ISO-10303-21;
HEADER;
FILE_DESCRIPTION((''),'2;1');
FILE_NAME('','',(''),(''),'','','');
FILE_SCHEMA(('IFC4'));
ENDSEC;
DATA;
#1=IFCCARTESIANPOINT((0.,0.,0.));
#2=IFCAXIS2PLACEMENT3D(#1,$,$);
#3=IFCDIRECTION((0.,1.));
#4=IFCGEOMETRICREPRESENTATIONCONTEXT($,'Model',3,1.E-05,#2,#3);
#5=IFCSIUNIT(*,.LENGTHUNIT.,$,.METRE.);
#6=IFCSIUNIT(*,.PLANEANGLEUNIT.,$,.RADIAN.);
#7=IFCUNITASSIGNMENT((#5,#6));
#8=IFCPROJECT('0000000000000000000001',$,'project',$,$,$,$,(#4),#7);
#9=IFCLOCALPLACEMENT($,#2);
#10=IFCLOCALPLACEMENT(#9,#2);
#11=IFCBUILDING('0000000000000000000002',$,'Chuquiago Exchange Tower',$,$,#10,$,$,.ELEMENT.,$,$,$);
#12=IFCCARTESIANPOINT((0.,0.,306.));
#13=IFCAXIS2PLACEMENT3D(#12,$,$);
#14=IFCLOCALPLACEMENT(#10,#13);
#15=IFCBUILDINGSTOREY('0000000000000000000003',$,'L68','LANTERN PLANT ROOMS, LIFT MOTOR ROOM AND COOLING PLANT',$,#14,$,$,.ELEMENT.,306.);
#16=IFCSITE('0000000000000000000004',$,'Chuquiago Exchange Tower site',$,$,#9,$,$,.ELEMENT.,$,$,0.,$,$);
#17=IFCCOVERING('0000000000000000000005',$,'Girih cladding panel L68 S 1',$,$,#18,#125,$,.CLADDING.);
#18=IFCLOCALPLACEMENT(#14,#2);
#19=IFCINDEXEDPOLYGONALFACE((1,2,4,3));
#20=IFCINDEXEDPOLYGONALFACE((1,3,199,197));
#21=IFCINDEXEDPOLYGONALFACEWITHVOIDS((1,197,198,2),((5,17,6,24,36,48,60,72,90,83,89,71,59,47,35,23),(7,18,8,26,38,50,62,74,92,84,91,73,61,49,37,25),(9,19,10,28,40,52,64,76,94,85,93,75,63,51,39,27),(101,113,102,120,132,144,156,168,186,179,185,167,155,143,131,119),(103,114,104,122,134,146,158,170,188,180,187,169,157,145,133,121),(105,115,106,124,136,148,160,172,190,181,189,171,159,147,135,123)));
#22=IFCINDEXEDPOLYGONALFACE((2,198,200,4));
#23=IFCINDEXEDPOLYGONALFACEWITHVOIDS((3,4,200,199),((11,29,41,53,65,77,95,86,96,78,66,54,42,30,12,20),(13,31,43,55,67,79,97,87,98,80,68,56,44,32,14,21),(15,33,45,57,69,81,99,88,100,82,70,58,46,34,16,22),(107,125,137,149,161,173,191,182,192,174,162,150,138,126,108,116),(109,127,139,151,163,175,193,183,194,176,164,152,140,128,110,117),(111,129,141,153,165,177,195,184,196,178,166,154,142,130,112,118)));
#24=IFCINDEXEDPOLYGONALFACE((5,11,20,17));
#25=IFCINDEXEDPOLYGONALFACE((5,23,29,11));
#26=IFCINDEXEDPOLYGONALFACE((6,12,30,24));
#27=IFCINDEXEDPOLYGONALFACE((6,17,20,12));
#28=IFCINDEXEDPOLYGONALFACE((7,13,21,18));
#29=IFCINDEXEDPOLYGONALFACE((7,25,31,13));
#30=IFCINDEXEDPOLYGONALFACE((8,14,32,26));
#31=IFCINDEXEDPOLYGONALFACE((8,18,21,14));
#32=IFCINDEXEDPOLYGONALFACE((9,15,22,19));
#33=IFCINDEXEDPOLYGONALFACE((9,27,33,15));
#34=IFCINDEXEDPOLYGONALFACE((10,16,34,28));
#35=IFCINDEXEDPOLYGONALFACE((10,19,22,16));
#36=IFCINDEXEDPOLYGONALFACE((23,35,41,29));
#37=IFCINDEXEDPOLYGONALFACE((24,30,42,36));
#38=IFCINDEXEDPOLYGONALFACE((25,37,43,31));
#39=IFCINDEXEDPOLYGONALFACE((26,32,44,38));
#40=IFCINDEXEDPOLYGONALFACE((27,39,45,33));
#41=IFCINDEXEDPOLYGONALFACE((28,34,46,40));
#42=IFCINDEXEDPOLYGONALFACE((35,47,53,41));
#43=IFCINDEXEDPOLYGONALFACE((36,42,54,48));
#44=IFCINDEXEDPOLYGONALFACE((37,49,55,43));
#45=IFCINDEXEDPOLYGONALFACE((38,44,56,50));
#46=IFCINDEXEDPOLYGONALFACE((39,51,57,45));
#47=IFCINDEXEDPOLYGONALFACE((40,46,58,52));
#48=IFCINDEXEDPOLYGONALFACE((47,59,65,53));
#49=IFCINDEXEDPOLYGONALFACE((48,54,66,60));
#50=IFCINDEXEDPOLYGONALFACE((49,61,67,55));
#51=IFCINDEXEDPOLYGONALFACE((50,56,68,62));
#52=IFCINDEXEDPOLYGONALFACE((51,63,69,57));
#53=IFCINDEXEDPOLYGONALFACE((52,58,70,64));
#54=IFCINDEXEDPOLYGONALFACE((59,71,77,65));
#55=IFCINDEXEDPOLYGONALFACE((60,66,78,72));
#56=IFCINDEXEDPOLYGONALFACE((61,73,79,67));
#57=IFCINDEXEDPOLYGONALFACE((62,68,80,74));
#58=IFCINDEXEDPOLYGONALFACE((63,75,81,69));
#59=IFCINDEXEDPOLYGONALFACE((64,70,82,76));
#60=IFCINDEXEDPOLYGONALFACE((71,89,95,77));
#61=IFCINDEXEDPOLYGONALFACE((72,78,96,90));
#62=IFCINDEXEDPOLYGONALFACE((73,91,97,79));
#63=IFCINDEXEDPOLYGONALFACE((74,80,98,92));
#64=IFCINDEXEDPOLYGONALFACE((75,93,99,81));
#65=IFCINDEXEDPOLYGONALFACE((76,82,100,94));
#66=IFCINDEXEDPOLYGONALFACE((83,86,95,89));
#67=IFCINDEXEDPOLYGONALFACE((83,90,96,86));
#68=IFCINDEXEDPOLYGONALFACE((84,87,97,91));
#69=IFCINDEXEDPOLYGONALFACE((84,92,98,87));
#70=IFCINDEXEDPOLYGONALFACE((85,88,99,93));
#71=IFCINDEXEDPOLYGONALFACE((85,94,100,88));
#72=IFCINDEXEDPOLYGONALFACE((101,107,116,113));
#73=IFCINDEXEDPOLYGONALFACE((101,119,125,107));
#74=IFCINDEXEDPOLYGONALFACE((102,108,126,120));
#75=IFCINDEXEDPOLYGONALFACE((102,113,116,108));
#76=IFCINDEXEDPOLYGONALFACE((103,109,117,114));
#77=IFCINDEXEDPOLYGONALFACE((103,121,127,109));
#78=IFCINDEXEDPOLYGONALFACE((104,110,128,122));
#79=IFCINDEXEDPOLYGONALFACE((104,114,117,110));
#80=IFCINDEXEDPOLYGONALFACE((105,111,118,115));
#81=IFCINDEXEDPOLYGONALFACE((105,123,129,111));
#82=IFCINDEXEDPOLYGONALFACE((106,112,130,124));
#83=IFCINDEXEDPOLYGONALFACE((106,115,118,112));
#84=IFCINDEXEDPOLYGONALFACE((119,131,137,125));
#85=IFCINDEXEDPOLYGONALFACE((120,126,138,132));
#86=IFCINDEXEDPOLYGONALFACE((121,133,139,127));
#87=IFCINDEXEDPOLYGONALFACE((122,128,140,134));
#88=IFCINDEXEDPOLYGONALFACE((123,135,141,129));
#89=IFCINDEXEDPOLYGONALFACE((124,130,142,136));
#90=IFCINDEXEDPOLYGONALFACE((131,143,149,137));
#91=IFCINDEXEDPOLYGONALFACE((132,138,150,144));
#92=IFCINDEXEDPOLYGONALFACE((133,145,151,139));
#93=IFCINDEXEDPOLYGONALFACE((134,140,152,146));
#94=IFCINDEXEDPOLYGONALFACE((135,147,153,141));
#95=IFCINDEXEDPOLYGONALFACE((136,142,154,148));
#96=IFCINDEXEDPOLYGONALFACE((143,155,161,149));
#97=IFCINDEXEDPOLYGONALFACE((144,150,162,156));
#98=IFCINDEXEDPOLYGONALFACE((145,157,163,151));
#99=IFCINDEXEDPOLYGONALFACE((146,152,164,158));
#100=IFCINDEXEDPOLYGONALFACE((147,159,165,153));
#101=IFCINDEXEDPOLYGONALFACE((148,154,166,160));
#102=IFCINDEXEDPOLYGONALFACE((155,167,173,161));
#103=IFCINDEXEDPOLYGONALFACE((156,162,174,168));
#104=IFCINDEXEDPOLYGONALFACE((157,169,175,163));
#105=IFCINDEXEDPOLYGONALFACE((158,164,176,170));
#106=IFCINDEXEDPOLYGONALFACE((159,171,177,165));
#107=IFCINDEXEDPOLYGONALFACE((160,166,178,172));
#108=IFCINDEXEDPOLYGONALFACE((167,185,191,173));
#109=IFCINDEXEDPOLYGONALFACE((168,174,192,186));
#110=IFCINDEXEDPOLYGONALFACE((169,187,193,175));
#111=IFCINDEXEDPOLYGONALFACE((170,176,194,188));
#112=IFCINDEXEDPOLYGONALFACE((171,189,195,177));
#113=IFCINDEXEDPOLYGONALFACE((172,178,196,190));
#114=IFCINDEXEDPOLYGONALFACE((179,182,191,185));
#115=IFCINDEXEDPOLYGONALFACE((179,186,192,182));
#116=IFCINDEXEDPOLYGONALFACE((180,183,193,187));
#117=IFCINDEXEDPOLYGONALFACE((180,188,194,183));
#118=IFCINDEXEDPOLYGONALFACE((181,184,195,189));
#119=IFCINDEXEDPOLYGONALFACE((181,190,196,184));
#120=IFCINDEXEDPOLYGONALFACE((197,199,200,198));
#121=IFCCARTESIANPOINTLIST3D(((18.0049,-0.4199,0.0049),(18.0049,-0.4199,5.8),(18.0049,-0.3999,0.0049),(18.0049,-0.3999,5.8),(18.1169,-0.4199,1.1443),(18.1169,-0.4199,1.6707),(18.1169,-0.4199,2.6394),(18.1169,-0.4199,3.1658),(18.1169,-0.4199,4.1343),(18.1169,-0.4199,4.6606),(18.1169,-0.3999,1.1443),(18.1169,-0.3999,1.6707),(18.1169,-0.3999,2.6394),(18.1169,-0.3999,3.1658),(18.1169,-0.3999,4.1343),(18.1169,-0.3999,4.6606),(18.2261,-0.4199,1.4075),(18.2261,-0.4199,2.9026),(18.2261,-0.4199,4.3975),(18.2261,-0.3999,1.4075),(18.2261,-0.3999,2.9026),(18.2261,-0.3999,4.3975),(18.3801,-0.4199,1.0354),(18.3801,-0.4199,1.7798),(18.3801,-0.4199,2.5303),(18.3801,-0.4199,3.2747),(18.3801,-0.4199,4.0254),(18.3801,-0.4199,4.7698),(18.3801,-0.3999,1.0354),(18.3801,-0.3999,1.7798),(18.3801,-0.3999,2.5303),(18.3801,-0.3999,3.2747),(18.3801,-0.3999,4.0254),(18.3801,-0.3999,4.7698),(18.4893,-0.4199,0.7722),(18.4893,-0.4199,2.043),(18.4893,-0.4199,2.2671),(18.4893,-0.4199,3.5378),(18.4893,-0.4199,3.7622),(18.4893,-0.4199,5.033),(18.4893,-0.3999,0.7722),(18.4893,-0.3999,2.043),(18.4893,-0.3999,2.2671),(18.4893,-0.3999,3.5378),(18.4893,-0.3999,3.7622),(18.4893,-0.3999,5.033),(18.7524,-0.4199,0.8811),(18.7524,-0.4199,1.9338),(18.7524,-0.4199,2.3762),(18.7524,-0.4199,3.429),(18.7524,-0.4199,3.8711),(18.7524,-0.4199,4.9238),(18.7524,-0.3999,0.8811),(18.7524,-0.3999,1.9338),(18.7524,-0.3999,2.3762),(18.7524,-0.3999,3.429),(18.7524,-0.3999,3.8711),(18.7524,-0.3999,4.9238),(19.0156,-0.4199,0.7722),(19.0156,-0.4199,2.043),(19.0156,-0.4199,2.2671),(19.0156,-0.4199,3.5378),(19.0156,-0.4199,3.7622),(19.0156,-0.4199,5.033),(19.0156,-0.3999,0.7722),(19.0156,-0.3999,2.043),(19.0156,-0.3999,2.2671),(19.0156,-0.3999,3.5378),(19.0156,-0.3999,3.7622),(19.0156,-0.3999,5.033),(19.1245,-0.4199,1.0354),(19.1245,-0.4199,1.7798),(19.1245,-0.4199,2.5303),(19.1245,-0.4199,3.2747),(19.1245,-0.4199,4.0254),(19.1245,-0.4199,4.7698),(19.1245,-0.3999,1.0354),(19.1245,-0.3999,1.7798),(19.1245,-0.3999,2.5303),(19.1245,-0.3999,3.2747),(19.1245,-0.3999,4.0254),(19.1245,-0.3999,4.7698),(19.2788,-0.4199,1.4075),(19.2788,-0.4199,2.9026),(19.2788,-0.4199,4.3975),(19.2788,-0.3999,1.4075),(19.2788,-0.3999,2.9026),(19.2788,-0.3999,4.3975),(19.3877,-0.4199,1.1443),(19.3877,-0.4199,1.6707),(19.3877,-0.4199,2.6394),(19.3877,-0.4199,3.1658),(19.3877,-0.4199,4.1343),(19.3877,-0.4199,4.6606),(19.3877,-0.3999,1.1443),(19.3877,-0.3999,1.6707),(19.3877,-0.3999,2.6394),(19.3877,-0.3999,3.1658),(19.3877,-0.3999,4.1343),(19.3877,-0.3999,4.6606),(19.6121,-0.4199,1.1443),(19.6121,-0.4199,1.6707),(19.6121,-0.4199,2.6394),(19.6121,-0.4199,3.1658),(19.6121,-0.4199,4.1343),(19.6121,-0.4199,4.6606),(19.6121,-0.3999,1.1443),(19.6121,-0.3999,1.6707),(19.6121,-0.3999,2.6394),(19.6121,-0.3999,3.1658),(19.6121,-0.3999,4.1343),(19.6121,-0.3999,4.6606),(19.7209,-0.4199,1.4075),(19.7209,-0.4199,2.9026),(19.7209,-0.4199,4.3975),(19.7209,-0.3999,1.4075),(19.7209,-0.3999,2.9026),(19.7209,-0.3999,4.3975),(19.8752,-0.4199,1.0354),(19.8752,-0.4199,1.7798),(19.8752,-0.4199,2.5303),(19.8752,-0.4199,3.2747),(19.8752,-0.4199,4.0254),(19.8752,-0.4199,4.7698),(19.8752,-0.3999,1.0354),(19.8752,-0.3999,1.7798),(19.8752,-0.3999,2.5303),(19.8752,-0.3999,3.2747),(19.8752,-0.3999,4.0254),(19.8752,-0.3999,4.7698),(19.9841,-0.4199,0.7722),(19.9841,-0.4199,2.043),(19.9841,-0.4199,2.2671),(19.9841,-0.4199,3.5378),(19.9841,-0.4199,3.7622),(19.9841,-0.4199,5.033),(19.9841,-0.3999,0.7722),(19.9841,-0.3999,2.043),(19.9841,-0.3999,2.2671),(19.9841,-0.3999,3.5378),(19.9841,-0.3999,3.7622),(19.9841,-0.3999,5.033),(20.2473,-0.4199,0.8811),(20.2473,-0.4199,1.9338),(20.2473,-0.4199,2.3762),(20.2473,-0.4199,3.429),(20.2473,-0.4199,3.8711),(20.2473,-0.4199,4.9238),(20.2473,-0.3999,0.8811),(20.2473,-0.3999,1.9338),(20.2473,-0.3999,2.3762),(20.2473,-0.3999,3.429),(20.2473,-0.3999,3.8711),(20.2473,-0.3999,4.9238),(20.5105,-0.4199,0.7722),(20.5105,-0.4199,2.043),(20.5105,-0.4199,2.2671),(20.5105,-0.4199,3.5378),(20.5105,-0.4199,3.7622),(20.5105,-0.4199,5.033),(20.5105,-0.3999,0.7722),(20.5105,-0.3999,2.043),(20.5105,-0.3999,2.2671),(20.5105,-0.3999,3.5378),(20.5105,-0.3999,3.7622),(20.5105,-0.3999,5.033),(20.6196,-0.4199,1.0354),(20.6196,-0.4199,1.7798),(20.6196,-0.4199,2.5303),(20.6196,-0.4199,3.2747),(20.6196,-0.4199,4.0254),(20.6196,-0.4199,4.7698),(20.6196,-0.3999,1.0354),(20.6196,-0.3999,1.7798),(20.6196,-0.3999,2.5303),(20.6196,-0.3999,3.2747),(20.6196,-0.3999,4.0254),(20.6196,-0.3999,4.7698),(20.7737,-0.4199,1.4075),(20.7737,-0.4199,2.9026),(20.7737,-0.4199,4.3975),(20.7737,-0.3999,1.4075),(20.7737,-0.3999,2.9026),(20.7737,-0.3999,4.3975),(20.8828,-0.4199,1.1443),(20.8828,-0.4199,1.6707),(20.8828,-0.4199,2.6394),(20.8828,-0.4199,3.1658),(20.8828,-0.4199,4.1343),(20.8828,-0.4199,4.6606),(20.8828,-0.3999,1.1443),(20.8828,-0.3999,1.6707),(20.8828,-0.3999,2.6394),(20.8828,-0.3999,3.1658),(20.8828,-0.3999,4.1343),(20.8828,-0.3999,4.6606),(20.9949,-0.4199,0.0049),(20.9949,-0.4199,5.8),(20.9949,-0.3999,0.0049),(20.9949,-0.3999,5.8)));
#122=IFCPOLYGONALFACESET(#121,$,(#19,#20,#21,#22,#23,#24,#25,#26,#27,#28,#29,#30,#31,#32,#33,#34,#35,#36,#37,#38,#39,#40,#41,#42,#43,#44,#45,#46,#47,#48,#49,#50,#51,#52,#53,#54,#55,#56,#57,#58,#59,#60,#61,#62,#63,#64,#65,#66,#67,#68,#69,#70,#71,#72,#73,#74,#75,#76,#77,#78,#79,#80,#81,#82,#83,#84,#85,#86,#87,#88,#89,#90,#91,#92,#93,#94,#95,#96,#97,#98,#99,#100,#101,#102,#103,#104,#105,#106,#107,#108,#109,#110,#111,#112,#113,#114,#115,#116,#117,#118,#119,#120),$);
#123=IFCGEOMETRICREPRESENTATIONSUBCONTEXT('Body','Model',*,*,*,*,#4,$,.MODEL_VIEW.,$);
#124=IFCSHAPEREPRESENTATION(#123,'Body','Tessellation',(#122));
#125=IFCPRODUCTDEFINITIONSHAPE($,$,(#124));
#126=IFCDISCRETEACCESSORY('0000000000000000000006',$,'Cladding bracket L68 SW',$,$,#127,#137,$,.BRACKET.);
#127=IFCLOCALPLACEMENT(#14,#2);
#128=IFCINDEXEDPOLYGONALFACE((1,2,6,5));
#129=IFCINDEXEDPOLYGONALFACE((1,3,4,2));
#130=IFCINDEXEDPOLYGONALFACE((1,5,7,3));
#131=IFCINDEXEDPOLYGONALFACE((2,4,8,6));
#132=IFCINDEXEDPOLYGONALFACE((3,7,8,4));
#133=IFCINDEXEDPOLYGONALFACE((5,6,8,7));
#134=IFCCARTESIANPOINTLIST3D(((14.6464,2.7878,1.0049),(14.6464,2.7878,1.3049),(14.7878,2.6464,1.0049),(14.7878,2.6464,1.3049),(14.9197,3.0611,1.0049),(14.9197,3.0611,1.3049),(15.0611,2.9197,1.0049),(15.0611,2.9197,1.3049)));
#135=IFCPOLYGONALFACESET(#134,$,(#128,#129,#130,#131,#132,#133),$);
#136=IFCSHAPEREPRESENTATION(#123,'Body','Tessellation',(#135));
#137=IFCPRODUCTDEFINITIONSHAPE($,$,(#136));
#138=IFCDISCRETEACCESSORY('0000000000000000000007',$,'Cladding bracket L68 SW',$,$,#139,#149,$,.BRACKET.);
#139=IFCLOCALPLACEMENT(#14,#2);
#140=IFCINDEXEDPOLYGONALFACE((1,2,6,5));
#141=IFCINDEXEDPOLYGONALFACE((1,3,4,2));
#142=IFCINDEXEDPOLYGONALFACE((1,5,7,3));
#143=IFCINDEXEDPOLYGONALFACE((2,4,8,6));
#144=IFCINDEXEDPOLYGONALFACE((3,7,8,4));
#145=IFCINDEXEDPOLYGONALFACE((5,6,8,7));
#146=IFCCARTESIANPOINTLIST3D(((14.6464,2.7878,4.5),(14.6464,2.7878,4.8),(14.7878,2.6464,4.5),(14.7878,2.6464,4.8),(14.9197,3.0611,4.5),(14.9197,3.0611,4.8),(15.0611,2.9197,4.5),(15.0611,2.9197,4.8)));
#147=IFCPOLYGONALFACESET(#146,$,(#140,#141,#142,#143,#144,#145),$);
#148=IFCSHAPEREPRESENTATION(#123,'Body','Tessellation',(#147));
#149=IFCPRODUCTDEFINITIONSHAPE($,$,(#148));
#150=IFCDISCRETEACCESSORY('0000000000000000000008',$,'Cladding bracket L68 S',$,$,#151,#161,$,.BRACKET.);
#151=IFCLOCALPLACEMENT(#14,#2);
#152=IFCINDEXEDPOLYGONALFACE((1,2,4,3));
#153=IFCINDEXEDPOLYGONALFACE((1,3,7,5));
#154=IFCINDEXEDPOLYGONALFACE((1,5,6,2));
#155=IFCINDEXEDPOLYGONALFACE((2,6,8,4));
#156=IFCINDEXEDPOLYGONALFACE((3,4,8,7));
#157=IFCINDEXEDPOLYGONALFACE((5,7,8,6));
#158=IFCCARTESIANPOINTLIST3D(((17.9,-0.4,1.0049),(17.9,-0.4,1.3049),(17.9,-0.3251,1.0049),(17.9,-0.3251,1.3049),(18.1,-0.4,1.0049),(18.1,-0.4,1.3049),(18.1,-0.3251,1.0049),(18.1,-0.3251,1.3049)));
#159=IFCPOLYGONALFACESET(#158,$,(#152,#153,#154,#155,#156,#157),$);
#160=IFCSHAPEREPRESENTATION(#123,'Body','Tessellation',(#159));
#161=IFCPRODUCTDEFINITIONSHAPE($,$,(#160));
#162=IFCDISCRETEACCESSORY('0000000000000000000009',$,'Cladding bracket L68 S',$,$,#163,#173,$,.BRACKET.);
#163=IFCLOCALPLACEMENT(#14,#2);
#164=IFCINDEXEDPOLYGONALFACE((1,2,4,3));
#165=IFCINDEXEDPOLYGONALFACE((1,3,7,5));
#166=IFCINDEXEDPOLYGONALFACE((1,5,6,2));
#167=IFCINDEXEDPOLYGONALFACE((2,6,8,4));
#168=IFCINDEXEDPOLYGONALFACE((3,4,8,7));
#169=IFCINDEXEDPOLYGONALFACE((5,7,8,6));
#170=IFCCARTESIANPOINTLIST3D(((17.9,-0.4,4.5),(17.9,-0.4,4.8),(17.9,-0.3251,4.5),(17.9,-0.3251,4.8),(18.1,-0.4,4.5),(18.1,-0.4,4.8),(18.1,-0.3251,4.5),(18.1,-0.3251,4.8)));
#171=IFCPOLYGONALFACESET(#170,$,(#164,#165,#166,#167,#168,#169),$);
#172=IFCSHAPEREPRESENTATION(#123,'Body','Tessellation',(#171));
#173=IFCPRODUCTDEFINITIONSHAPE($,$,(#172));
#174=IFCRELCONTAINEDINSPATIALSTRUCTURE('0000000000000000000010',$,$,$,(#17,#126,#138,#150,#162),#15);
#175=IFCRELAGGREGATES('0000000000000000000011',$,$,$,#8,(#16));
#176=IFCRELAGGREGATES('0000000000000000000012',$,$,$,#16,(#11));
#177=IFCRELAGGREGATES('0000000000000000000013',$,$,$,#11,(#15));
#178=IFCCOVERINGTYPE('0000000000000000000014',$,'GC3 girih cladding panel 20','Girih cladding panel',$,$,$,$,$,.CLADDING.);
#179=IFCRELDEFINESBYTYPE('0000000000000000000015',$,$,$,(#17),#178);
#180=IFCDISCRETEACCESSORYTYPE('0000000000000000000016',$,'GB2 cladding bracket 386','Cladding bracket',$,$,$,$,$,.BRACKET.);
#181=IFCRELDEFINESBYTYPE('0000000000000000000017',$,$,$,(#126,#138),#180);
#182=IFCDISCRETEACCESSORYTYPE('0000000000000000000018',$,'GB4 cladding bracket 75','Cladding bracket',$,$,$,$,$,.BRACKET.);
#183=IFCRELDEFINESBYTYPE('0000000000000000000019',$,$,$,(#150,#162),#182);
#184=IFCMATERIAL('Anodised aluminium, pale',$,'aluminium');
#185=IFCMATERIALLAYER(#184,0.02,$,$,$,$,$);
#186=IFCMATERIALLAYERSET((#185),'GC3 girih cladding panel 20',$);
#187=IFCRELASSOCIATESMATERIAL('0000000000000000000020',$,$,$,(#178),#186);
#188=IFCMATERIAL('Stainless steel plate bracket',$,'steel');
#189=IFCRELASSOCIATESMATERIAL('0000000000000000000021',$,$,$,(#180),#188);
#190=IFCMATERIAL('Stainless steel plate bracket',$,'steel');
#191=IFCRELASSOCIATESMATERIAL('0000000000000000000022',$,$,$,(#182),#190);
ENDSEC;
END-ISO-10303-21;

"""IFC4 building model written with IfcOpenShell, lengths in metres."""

from ifc_helpers import new_model, si_unit, direction, frame, origin, origin_2d, place, context, subcontext, project, spatial, polyline, rectangle, outline, extrude, material, layer, layer_set, type_object, element, save


model = new_model("IFC4")

# Units and contexts
model_context = context("Model", 3, precision=1e-05, world=origin(), true_north=direction((0.0, 1.0)))
body_context = subcontext(model_context, "Body", "Model", "MODEL_VIEW")
ifc_project = project(units=[si_unit("LENGTHUNIT", "METRE"), si_unit("PLANEANGLEUNIT", "RADIAN")], contexts=[model_context])

# Site, building, storey
site_placement = place(None, origin())
site = spatial("IfcSite", under=ifc_project, at=site_placement, Name="Chuquiago Exchange Tower site", CompositionType="ELEMENT", RefElevation=0.0)
building_placement = place(site_placement, origin())
building = spatial("IfcBuilding", under=site, at=building_placement, Name="Chuquiago Exchange Tower", CompositionType="ELEMENT")
storey_placement = place(building_placement, frame((0.0, 0.0, 306.0)))
storey = spatial("IfcBuildingStorey", under=building, at=storey_placement, Name="L68", Description="LANTERN PLANT ROOMS, LIFT MOTOR ROOM AND COOLING PLANT", CompositionType="ELEMENT", Elevation=306.0)

# Covering
ifc_material_1 = material(Name="Anodised aluminium, pale", Category="aluminium")
ifc_layer_1 = layer(ifc_material_1, 0.02)
ifc_layer_set_1 = layer_set([ifc_layer_1], Name="GC3 girih cladding panel 20")
covering_type_1 = type_object("IfcCoveringType", Name="GC3 girih cladding panel 20", Description="Girih cladding panel", PredefinedType="CLADDING", material=ifc_layer_set_1)
covering_1_placement = place(storey_placement, frame((18.0049, -0.3999, 0.0049), z_axis=(0.0, 0.0, 1.0), x_axis=(1.0, 0.0, 0.0)))
element("IfcCovering", 1, at=covering_1_placement, inside=storey, type_object=covering_type_1, Name="Girih cladding panel L68 S 1", PredefinedType="CLADDING", context=body_context, shape_type="SweptSolid", body=[
    extrude(outline(polyline([(0.0, 0.0), (2.99, 0.0), (2.99, 5.7952), (0.0, 5.7952), (0.0, 0.0)]), holes=[polyline([(1.2739, 1.4026), (1.3828, 1.6658), (1.1196, 1.7749), (1.0107, 2.0381), (0.7476, 1.929), (0.4844, 2.0381), (0.3752, 1.7749), (0.1121, 1.6658), (0.2212, 1.4026), (0.1121, 1.1394), (0.3752, 1.0305), (0.4844, 0.7673), (0.7476, 0.8762), (1.0107, 0.7673), (1.1196, 1.0305), (1.3828, 1.1394), (1.2739, 1.4026)]), polyline([(2.7688, 1.4026), (2.8779, 1.6658), (2.6147, 1.7749), (2.5056, 2.0381), (2.2424, 1.929), (1.9792, 2.0381), (1.8704, 1.7749), (1.6072, 1.6658), (1.7161, 1.4026), (1.6072, 1.1394), (1.8704, 1.0305), (1.9792, 0.7673), (2.2424, 0.8762), (2.5056, 0.7673), (2.6147, 1.0305), (2.8779, 1.1394), (2.7688, 1.4026)]), polyline([(1.2739, 2.8977), (1.3828, 3.1609), (1.1196, 3.2698), (1.0107, 3.533), (0.7476, 3.4241), (0.4844, 3.533), (0.3752, 3.2698), (0.1121, 3.1609), (0.2212, 2.8977), (0.1121, 2.6345), (0.3752, 2.5254), (0.4844, 2.2622), (0.7476, 2.3713), (1.0107, 2.2622), (1.1196, 2.5254), (1.3828, 2.6345), (1.2739, 2.8977)]), polyline([(2.7688, 2.8977), (2.8779, 3.1609), (2.6147, 3.2698), (2.5056, 3.533), (2.2424, 3.4241), (1.9792, 3.533), (1.8704, 3.2698), (1.6072, 3.1609), (1.7161, 2.8977), (1.6072, 2.6345), (1.8704, 2.5254), (1.9792, 2.2622), (2.2424, 2.3713), (2.5056, 2.2622), (2.6147, 2.5254), (2.8779, 2.6345), (2.7688, 2.8977)]), polyline([(1.2739, 4.3926), (1.3828, 4.6558), (1.1196, 4.7649), (1.0107, 5.0281), (0.7476, 4.9189), (0.4844, 5.0281), (0.3752, 4.7649), (0.1121, 4.6558), (0.2212, 4.3926), (0.1121, 4.1294), (0.3752, 4.0205), (0.4844, 3.7573), (0.7476, 3.8662), (1.0107, 3.7573), (1.1196, 4.0205), (1.3828, 4.1294), (1.2739, 4.3926)]), polyline([(2.7688, 4.3926), (2.8779, 4.6558), (2.6147, 4.7649), (2.5056, 5.0281), (2.2424, 4.9189), (1.9792, 5.0281), (1.8704, 4.7649), (1.6072, 4.6558), (1.7161, 4.3926), (1.6072, 4.1294), (1.8704, 4.0205), (1.9792, 3.7573), (2.2424, 3.8662), (2.5056, 3.7573), (2.6147, 4.0205), (2.8779, 4.1294), (2.7688, 4.3926)])]), frame((0.0, 0.0, 0.0), z_axis=(0.0, -1.0, 0.0), x_axis=(1.0, 0.0, 0.0)), (0.0, 0.0, 1.0), 0.02),
])

# Discrete accessories
ifc_material_2 = material(Name="Stainless steel plate bracket", Category="steel")
discrete_accessory_type_1 = type_object("IfcDiscreteAccessoryType", Name="GB2 cladding bracket 386", Description="Cladding bracket", PredefinedType="BRACKET", material=ifc_material_2)
for number, where, z_axis, x_axis, name in (
    (2, (14.8538, 2.8538, 1.0049), (0.0, 0.0, 1.0), (0.707107, -0.707107, 0.0), "Cladding bracket L68 SW"),
    (3, (14.8538, 2.8538, 4.5), (0.0, 0.0, 1.0), (0.707107, -0.707107, 0.0), "Cladding bracket L68 SW"),
):
    element("IfcDiscreteAccessory", number, at=place(storey_placement, frame(where, z_axis=z_axis, x_axis=x_axis)), inside=storey, type_object=discrete_accessory_type_1, Name=name, PredefinedType="BRACKET", context=body_context, shape_type="SweptSolid", body=[
        extrude(rectangle(XDim=0.2, YDim=0.3865, at=origin_2d()), origin(), (0.0, 0.0, 1.0), 0.3),
    ])
ifc_material_3 = material(Name="Stainless steel plate bracket", Category="steel")
discrete_accessory_type_2 = type_object("IfcDiscreteAccessoryType", Name="GB4 cladding bracket 75", Description="Cladding bracket", PredefinedType="BRACKET", material=ifc_material_3)
for number, where, z_axis, x_axis, name in (
    (4, (18.0, -0.3625, 1.0049), (0.0, 0.0, 1.0), (1.0, 0.0, 0.0), "Cladding bracket L68 S"),
    (5, (18.0, -0.3625, 4.5), (0.0, 0.0, 1.0), (1.0, 0.0, 0.0), "Cladding bracket L68 S"),
):
    element("IfcDiscreteAccessory", number, at=place(storey_placement, frame(where, z_axis=z_axis, x_axis=x_axis)), inside=storey, type_object=discrete_accessory_type_2, Name=name, PredefinedType="BRACKET", context=body_context, shape_type="SweptSolid", body=[
        extrude(rectangle(XDim=0.2, YDim=0.075, at=origin_2d()), origin(), (0.0, 0.0, 1.0), 0.3),
    ])

save(model, "model.ifc")
